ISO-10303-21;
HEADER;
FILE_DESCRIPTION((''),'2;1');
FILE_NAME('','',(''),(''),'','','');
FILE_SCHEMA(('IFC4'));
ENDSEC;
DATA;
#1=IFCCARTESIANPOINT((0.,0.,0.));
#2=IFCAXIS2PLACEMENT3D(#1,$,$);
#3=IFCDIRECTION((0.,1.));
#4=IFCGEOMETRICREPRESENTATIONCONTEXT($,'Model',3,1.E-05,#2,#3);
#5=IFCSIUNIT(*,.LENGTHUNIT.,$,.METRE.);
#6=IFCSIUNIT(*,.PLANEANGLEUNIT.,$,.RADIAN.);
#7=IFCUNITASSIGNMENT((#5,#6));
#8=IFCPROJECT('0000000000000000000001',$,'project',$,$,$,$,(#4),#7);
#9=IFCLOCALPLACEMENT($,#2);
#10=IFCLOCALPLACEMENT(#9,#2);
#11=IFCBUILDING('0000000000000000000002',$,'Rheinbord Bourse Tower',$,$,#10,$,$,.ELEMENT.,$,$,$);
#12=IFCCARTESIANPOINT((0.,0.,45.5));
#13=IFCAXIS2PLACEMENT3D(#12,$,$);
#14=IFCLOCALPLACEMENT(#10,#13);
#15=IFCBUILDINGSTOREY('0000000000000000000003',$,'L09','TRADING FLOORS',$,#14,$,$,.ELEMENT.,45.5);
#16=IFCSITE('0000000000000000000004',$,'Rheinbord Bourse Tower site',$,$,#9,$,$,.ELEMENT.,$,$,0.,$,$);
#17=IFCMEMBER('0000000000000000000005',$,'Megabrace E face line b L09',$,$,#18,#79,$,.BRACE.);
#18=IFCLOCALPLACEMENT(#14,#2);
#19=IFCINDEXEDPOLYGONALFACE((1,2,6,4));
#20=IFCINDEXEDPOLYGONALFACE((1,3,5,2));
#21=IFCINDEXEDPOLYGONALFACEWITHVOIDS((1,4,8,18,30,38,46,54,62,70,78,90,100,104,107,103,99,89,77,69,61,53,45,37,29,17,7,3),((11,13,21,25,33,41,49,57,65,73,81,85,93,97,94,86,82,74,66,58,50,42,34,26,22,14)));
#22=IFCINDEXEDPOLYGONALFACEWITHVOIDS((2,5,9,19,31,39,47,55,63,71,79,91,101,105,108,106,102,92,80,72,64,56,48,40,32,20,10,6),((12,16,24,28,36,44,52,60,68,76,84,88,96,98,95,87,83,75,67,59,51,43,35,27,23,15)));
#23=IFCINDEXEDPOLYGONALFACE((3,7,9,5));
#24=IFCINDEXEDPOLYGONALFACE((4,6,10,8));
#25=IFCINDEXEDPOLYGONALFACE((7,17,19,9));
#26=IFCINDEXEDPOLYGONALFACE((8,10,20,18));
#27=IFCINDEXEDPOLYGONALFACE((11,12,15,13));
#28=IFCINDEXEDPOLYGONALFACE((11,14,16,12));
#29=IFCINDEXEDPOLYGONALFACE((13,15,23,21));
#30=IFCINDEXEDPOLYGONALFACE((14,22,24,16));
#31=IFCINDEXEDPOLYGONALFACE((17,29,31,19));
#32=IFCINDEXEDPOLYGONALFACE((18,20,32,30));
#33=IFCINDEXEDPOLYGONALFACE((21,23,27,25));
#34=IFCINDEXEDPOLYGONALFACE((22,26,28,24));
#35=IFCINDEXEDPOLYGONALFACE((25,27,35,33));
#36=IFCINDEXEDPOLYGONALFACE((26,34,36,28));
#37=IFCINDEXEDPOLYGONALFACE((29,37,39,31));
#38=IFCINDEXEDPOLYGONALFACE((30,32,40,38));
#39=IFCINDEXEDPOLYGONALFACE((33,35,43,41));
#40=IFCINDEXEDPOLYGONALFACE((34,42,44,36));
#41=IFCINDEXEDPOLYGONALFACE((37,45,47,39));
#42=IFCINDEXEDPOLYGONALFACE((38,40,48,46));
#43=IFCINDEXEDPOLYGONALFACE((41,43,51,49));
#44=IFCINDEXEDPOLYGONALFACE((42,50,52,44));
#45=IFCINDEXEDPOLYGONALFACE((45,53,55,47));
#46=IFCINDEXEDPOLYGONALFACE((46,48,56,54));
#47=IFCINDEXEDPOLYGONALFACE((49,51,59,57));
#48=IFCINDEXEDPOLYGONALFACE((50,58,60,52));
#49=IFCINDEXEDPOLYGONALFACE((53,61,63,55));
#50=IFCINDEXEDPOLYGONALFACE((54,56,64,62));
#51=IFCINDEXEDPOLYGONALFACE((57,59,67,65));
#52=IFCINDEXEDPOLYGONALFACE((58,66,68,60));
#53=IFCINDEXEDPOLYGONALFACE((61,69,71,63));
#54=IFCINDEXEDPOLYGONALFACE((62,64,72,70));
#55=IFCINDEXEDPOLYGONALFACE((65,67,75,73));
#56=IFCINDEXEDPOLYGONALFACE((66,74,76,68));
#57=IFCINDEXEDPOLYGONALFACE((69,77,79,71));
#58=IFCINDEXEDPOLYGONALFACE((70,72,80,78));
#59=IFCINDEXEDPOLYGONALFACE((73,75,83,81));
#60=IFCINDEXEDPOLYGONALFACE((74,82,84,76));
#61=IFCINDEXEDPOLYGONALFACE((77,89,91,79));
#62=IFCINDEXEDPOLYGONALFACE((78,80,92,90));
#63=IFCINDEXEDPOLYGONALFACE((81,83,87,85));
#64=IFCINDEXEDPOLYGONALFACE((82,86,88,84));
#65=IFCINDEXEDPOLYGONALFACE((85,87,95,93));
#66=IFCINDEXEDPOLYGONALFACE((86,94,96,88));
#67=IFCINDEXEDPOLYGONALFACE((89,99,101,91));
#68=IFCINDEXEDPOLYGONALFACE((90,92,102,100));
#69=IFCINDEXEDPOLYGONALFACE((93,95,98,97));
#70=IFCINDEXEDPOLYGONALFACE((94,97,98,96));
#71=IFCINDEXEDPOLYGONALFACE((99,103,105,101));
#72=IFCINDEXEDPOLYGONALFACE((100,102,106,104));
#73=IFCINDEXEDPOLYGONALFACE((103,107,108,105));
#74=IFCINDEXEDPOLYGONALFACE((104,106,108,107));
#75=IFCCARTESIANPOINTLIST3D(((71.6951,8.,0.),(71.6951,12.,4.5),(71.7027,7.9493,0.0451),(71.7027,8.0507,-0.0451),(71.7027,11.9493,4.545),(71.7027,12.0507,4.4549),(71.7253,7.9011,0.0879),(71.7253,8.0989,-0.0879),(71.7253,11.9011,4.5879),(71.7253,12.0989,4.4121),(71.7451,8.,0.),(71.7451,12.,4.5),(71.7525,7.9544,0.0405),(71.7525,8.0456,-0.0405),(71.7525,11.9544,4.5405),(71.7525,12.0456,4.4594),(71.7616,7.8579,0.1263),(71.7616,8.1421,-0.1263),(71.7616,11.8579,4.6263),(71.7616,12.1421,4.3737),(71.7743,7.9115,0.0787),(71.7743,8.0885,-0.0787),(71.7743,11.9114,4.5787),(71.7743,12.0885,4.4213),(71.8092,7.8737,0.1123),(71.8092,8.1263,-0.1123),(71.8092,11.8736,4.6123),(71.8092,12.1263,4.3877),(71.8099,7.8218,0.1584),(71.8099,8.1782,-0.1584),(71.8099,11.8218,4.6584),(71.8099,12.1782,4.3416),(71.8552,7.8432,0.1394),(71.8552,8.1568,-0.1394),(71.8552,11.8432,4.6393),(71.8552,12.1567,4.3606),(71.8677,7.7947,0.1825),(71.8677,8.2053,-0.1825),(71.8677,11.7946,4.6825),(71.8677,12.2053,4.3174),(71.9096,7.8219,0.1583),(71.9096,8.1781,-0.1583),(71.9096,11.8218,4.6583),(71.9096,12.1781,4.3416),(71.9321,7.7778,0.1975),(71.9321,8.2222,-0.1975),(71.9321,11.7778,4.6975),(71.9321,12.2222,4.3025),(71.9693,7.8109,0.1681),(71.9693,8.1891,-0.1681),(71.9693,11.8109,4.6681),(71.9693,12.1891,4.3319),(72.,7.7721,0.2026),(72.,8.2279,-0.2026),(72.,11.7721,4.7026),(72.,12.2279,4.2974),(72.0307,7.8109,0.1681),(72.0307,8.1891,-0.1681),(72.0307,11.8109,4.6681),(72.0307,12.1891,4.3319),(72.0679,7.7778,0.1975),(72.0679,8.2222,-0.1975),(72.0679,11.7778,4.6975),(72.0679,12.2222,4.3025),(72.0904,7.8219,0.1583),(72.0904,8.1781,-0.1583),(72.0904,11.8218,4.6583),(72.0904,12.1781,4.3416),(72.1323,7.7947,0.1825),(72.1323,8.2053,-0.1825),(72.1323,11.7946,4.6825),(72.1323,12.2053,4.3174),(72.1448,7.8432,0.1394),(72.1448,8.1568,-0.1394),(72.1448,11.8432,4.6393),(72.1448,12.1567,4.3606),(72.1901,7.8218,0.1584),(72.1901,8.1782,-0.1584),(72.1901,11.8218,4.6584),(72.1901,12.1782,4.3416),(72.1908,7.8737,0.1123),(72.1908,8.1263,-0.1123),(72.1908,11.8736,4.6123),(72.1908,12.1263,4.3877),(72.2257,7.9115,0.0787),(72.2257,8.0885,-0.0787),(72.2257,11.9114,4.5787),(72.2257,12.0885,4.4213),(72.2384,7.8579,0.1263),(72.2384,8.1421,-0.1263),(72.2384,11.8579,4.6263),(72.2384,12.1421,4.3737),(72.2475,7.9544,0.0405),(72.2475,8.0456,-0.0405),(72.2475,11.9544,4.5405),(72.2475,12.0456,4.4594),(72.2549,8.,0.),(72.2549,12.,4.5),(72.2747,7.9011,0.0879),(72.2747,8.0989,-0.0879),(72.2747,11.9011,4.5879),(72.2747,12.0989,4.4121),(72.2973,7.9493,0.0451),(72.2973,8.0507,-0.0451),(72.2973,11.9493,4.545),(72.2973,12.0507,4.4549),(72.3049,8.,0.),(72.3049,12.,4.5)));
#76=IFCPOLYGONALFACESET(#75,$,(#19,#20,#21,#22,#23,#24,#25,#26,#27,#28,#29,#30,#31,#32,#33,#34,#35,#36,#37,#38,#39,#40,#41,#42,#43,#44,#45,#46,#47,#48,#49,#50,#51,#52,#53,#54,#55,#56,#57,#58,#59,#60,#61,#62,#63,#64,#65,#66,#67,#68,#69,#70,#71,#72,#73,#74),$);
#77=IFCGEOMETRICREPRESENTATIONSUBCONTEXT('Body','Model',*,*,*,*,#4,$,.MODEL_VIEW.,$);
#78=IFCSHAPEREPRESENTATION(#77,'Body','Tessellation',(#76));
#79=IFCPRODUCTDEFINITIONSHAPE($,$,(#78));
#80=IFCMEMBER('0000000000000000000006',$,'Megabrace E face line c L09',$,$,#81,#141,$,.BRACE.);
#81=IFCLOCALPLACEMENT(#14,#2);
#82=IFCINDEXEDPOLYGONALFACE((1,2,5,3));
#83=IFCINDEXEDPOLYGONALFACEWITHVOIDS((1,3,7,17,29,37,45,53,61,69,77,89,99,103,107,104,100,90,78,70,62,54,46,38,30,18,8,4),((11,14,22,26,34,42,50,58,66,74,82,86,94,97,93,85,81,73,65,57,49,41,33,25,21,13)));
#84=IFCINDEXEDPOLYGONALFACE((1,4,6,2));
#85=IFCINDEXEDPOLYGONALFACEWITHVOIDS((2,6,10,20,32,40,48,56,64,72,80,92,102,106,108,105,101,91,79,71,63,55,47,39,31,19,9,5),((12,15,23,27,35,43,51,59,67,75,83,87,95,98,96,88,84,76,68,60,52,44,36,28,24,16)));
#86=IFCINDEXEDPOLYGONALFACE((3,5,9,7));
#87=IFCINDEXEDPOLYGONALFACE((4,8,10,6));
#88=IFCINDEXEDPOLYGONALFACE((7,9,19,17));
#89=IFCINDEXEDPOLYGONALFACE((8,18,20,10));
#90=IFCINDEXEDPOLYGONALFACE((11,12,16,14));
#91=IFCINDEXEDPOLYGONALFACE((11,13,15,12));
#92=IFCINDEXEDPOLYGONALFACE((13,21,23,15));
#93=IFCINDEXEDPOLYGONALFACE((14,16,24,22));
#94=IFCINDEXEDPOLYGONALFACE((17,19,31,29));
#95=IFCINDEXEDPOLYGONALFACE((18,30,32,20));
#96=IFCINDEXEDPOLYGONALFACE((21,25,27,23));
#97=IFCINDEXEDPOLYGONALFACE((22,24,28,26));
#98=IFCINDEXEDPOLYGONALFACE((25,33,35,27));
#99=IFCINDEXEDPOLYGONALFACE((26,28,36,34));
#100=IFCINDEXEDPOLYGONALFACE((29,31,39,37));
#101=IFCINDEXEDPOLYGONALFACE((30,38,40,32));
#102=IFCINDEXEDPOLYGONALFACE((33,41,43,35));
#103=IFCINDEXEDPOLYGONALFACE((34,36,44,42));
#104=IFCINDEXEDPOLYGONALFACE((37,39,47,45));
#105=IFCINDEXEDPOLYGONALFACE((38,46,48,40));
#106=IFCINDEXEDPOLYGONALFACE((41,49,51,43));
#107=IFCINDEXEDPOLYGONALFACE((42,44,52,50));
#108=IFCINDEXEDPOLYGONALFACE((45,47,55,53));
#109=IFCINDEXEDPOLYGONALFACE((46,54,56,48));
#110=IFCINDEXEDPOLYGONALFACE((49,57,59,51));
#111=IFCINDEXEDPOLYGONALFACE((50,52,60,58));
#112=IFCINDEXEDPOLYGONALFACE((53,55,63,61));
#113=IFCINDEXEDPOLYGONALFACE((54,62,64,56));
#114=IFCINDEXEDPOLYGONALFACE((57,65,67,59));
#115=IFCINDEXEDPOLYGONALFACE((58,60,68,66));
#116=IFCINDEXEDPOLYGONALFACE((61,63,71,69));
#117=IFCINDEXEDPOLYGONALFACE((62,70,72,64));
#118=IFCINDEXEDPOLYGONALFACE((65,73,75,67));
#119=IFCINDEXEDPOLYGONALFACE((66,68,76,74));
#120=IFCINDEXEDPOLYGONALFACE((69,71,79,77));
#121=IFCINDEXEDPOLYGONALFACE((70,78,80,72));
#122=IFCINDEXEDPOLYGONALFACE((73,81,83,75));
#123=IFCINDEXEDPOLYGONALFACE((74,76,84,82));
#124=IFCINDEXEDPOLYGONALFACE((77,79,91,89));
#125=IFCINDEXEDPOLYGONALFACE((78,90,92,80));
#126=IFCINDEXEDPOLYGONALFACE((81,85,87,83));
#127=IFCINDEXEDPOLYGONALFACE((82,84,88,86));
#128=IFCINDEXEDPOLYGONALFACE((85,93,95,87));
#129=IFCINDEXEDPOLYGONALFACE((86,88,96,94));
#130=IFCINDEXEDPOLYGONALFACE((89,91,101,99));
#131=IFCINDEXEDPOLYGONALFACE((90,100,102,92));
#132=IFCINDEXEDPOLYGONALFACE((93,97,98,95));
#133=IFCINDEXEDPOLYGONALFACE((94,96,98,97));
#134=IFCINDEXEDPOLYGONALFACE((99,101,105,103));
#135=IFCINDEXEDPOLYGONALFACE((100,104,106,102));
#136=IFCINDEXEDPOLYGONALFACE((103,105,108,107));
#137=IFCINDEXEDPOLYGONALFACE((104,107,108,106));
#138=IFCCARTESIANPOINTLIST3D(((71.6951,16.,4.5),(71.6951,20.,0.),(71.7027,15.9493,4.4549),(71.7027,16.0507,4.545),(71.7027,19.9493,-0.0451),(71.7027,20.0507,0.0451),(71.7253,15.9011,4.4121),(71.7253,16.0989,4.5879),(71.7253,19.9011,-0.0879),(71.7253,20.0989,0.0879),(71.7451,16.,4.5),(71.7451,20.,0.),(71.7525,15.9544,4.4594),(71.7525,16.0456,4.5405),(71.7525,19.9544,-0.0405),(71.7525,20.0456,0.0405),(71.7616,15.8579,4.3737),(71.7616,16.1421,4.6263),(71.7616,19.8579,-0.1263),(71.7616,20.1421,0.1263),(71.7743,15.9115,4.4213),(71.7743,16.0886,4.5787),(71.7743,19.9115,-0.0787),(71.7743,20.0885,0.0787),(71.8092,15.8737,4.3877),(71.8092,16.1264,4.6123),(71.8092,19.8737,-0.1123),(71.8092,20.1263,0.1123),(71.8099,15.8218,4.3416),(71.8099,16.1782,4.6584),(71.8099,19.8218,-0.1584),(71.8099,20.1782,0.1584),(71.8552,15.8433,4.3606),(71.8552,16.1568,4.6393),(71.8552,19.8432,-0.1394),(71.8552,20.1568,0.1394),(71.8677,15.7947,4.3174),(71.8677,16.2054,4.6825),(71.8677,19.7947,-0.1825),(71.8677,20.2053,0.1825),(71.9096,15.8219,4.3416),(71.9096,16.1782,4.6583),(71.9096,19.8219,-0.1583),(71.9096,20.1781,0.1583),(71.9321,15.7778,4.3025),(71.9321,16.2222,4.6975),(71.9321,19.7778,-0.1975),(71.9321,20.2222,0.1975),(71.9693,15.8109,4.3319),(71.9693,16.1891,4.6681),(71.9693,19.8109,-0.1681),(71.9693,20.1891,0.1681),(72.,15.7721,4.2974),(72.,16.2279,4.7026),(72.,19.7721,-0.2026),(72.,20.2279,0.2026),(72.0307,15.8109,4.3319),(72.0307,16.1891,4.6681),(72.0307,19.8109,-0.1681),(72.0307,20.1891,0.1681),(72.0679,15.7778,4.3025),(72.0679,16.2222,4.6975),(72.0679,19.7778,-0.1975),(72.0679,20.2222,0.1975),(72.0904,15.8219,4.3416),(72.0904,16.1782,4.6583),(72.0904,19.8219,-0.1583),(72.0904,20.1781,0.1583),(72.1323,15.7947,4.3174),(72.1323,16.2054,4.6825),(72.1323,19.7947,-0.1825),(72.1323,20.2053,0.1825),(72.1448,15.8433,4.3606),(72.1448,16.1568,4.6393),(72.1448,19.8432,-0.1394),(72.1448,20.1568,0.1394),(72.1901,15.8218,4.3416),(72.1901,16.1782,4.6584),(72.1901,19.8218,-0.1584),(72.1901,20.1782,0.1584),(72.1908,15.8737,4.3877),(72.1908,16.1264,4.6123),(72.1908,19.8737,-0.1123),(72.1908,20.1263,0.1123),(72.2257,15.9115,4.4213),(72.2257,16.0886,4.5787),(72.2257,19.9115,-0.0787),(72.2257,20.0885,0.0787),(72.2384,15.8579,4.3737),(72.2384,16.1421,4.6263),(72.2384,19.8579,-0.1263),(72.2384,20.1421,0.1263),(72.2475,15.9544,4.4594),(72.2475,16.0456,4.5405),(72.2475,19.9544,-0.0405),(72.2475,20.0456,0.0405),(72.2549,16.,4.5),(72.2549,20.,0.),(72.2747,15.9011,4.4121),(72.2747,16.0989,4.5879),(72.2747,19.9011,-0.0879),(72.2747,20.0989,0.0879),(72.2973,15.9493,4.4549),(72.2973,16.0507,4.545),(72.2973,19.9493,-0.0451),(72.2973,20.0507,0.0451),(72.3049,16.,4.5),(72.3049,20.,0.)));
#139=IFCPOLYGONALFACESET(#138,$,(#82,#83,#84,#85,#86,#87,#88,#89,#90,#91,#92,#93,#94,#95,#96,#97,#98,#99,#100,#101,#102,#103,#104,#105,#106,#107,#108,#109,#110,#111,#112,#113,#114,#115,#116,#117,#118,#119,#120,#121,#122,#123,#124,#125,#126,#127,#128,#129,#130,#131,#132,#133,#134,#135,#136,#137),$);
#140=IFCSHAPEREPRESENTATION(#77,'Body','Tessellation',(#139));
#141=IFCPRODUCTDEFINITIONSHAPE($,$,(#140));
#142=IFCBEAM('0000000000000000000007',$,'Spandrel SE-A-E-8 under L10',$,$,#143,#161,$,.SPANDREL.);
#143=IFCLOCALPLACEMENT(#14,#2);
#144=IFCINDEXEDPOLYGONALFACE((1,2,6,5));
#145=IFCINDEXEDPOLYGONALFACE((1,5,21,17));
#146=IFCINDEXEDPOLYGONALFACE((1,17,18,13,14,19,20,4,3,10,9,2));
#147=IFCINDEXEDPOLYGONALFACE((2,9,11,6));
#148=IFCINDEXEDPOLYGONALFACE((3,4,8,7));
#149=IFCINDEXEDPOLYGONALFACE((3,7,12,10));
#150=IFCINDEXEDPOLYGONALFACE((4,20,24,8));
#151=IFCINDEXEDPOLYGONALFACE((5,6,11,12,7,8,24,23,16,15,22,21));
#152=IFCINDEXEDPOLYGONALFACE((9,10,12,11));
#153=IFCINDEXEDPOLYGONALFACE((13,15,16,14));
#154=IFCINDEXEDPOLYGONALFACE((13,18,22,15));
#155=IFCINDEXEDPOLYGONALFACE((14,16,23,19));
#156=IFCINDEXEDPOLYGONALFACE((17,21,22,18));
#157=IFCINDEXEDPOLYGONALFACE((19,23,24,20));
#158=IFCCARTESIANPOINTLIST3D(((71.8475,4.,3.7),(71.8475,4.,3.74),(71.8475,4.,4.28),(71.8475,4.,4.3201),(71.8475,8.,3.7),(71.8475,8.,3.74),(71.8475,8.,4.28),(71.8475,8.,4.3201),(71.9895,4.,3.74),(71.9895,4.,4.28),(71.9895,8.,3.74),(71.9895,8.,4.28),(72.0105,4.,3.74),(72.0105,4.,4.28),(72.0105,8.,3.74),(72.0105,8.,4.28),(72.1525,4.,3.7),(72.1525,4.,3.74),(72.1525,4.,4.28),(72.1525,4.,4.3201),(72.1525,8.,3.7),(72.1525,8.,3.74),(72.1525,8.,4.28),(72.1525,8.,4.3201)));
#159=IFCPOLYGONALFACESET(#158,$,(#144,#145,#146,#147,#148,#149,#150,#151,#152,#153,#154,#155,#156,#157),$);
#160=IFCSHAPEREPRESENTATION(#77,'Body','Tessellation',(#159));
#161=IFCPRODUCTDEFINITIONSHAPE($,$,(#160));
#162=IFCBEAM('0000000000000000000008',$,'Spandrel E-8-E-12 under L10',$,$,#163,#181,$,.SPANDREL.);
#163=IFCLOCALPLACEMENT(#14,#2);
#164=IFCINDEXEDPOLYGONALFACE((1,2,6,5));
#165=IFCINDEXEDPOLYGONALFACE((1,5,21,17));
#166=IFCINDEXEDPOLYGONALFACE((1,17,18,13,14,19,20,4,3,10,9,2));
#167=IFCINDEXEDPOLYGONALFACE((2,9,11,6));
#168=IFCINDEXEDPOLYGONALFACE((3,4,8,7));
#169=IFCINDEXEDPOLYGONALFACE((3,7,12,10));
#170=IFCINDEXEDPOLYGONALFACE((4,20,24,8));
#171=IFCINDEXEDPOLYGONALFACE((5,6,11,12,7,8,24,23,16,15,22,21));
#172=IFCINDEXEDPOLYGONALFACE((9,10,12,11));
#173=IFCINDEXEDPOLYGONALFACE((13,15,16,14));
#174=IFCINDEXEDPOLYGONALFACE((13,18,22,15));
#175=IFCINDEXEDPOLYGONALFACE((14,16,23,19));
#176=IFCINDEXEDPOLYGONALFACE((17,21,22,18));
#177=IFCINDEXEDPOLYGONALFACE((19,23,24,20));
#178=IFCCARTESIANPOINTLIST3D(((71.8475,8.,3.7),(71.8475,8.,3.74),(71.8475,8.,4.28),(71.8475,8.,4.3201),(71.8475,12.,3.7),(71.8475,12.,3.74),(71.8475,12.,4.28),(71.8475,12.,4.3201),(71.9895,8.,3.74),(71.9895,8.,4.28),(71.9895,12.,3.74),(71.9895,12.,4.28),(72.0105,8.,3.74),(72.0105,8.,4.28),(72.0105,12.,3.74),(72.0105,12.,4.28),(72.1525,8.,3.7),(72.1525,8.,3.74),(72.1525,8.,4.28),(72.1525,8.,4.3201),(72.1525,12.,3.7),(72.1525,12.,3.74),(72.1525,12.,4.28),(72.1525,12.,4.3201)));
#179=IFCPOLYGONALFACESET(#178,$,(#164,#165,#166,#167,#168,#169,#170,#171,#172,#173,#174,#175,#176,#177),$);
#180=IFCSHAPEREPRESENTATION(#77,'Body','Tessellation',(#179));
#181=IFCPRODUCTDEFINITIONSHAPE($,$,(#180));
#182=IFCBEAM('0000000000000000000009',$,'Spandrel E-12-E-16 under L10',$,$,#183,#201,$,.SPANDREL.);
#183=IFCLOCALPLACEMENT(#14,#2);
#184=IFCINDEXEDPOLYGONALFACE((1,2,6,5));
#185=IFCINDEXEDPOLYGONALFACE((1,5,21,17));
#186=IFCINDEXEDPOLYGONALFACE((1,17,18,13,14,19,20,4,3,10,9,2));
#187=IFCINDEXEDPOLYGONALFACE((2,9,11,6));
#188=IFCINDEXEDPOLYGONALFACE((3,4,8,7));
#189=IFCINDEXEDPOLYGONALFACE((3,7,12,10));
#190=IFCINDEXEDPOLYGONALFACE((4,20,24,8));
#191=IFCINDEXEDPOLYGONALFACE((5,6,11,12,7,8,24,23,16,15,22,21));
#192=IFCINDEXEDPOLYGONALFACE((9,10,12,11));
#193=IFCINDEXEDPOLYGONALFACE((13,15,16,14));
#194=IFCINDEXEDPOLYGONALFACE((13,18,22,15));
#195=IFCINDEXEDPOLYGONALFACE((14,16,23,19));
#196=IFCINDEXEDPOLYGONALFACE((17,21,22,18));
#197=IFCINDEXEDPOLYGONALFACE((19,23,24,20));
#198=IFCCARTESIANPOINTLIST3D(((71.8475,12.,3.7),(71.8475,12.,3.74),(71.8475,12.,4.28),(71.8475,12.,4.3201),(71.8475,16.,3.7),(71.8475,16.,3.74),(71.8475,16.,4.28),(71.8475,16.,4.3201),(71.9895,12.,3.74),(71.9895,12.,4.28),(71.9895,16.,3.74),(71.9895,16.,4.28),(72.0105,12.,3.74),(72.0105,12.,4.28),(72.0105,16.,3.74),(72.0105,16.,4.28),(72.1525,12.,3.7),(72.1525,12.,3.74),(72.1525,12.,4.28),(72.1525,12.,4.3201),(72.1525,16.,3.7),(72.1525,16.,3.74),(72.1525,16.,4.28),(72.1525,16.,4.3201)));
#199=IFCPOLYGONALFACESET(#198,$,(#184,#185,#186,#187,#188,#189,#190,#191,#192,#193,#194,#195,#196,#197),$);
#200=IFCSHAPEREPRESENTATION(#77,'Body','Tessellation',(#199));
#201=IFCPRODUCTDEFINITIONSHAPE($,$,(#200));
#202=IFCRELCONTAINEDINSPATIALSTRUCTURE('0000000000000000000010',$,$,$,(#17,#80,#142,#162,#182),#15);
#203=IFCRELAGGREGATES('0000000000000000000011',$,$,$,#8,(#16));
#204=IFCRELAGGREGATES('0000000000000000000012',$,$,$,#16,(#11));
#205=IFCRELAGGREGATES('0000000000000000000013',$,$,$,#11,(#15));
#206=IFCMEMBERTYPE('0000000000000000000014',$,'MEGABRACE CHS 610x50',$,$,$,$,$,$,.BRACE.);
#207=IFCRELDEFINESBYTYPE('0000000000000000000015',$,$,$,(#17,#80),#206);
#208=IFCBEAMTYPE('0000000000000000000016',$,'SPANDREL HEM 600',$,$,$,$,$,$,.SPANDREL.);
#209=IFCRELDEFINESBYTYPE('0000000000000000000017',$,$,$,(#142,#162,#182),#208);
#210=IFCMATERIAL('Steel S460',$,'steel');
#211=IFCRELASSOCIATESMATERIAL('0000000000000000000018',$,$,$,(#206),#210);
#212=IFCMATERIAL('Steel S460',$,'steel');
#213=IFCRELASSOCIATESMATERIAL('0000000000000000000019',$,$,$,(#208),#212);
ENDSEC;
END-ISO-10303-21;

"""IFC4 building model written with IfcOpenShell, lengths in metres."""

from ifc_helpers import new_model, si_unit, direction, frame, origin, origin_2d, place, context, subcontext, project, spatial, hollow_circle, i_section, extrude, material, material_profile, profile_set, type_object, element, save


model = new_model("IFC4")

# Units and contexts
model_context = context("Model", 3, precision=1e-05, world=origin(), true_north=direction((0.0, 1.0)))
body_context = subcontext(model_context, "Body", "Model", "MODEL_VIEW")
ifc_project = project(units=[si_unit("LENGTHUNIT", "METRE"), si_unit("PLANEANGLEUNIT", "RADIAN")], contexts=[model_context])

# Site, building, storey
site_placement = place(None, origin())
site = spatial("IfcSite", under=ifc_project, at=site_placement, Name="Rheinbord Bourse Tower site", CompositionType="ELEMENT", RefElevation=0.0)
building_placement = place(site_placement, origin())
building = spatial("IfcBuilding", under=site, at=building_placement, Name="Rheinbord Bourse Tower", CompositionType="ELEMENT")
storey_placement = place(building_placement, frame((0.0, 0.0, 45.5)))
storey = spatial("IfcBuildingStorey", under=building, at=storey_placement, Name="L09", Description="TRADING FLOORS", CompositionType="ELEMENT", Elevation=45.5)

# Members
ifc_material_1 = material(Name="Steel S460", Category="steel")
ifc_material_profile_1 = material_profile(ifc_material_1, hollow_circle(Radius=0.3049, WallThickness=0.05, at=origin_2d()), Name="CHS 610x50")
ifc_profile_set_1 = profile_set([ifc_material_profile_1], Name="Steel S460")
member_type_1 = type_object("IfcMemberType", Name="MEGABRACE CHS 610x50", PredefinedType="BRACE", material=ifc_profile_set_1)
for number, where, z_axis, x_axis, name in (
    (1, (72.0, 8.0, 0.0), (0.0, 0.664364, 0.747409), (-1.0, 0.0, 0.0), "Megabrace E face line b L09"),
    (2, (72.0, 20.0, 0.0), (0.0, -0.664364, 0.747409), (1.0, 0.0, 0.0), "Megabrace E face line c L09"),
):
    element("IfcMember", number, at=place(storey_placement, frame(where, z_axis=z_axis, x_axis=x_axis)), inside=storey, type_object=member_type_1, Name=name, PredefinedType="BRACE", context=body_context, shape_type="SweptSolid", body=[
        extrude(hollow_circle(Radius=0.3049, WallThickness=0.05, at=origin_2d()), origin(), (0.0, 0.0, 1.0), 6.0208),
    ])

# Beams
ifc_material_2 = material(Name="Steel S460", Category="steel")
ifc_material_profile_2 = material_profile(ifc_material_2, i_section(OverallWidth=0.3049, OverallDepth=0.6201, WebThickness=0.021, FlangeThickness=0.04, at=origin_2d()), Name="HEM 600")
ifc_profile_set_2 = profile_set([ifc_material_profile_2], Name="Steel S460")
beam_type_1 = type_object("IfcBeamType", Name="SPANDREL HEM 600", PredefinedType="SPANDREL", material=ifc_profile_set_2)
for number, where, z_axis, x_axis, name in (
    (3, (72.0, 4.0, 4.01), (0.0, 1.0, 0.0), (-1.0, 0.0, 0.0), "Spandrel SE-A-E-8 under L10"),
    (4, (72.0, 8.0, 4.01), (0.0, 1.0, 0.0), (-1.0, 0.0, 0.0), "Spandrel E-8-E-12 under L10"),
    (5, (72.0, 12.0, 4.01), (0.0, 1.0, 0.0), (-1.0, 0.0, 0.0), "Spandrel E-12-E-16 under L10"),
):
    element("IfcBeam", number, at=place(storey_placement, frame(where, z_axis=z_axis, x_axis=x_axis)), inside=storey, type_object=beam_type_1, Name=name, PredefinedType="SPANDREL", context=body_context, shape_type="SweptSolid", body=[
        extrude(i_section(OverallWidth=0.3049, OverallDepth=0.6201, WebThickness=0.021, FlangeThickness=0.04, at=origin_2d()), origin(), (0.0, 0.0, 1.0), 4.0),
    ])

save(model, "model.ifc")
